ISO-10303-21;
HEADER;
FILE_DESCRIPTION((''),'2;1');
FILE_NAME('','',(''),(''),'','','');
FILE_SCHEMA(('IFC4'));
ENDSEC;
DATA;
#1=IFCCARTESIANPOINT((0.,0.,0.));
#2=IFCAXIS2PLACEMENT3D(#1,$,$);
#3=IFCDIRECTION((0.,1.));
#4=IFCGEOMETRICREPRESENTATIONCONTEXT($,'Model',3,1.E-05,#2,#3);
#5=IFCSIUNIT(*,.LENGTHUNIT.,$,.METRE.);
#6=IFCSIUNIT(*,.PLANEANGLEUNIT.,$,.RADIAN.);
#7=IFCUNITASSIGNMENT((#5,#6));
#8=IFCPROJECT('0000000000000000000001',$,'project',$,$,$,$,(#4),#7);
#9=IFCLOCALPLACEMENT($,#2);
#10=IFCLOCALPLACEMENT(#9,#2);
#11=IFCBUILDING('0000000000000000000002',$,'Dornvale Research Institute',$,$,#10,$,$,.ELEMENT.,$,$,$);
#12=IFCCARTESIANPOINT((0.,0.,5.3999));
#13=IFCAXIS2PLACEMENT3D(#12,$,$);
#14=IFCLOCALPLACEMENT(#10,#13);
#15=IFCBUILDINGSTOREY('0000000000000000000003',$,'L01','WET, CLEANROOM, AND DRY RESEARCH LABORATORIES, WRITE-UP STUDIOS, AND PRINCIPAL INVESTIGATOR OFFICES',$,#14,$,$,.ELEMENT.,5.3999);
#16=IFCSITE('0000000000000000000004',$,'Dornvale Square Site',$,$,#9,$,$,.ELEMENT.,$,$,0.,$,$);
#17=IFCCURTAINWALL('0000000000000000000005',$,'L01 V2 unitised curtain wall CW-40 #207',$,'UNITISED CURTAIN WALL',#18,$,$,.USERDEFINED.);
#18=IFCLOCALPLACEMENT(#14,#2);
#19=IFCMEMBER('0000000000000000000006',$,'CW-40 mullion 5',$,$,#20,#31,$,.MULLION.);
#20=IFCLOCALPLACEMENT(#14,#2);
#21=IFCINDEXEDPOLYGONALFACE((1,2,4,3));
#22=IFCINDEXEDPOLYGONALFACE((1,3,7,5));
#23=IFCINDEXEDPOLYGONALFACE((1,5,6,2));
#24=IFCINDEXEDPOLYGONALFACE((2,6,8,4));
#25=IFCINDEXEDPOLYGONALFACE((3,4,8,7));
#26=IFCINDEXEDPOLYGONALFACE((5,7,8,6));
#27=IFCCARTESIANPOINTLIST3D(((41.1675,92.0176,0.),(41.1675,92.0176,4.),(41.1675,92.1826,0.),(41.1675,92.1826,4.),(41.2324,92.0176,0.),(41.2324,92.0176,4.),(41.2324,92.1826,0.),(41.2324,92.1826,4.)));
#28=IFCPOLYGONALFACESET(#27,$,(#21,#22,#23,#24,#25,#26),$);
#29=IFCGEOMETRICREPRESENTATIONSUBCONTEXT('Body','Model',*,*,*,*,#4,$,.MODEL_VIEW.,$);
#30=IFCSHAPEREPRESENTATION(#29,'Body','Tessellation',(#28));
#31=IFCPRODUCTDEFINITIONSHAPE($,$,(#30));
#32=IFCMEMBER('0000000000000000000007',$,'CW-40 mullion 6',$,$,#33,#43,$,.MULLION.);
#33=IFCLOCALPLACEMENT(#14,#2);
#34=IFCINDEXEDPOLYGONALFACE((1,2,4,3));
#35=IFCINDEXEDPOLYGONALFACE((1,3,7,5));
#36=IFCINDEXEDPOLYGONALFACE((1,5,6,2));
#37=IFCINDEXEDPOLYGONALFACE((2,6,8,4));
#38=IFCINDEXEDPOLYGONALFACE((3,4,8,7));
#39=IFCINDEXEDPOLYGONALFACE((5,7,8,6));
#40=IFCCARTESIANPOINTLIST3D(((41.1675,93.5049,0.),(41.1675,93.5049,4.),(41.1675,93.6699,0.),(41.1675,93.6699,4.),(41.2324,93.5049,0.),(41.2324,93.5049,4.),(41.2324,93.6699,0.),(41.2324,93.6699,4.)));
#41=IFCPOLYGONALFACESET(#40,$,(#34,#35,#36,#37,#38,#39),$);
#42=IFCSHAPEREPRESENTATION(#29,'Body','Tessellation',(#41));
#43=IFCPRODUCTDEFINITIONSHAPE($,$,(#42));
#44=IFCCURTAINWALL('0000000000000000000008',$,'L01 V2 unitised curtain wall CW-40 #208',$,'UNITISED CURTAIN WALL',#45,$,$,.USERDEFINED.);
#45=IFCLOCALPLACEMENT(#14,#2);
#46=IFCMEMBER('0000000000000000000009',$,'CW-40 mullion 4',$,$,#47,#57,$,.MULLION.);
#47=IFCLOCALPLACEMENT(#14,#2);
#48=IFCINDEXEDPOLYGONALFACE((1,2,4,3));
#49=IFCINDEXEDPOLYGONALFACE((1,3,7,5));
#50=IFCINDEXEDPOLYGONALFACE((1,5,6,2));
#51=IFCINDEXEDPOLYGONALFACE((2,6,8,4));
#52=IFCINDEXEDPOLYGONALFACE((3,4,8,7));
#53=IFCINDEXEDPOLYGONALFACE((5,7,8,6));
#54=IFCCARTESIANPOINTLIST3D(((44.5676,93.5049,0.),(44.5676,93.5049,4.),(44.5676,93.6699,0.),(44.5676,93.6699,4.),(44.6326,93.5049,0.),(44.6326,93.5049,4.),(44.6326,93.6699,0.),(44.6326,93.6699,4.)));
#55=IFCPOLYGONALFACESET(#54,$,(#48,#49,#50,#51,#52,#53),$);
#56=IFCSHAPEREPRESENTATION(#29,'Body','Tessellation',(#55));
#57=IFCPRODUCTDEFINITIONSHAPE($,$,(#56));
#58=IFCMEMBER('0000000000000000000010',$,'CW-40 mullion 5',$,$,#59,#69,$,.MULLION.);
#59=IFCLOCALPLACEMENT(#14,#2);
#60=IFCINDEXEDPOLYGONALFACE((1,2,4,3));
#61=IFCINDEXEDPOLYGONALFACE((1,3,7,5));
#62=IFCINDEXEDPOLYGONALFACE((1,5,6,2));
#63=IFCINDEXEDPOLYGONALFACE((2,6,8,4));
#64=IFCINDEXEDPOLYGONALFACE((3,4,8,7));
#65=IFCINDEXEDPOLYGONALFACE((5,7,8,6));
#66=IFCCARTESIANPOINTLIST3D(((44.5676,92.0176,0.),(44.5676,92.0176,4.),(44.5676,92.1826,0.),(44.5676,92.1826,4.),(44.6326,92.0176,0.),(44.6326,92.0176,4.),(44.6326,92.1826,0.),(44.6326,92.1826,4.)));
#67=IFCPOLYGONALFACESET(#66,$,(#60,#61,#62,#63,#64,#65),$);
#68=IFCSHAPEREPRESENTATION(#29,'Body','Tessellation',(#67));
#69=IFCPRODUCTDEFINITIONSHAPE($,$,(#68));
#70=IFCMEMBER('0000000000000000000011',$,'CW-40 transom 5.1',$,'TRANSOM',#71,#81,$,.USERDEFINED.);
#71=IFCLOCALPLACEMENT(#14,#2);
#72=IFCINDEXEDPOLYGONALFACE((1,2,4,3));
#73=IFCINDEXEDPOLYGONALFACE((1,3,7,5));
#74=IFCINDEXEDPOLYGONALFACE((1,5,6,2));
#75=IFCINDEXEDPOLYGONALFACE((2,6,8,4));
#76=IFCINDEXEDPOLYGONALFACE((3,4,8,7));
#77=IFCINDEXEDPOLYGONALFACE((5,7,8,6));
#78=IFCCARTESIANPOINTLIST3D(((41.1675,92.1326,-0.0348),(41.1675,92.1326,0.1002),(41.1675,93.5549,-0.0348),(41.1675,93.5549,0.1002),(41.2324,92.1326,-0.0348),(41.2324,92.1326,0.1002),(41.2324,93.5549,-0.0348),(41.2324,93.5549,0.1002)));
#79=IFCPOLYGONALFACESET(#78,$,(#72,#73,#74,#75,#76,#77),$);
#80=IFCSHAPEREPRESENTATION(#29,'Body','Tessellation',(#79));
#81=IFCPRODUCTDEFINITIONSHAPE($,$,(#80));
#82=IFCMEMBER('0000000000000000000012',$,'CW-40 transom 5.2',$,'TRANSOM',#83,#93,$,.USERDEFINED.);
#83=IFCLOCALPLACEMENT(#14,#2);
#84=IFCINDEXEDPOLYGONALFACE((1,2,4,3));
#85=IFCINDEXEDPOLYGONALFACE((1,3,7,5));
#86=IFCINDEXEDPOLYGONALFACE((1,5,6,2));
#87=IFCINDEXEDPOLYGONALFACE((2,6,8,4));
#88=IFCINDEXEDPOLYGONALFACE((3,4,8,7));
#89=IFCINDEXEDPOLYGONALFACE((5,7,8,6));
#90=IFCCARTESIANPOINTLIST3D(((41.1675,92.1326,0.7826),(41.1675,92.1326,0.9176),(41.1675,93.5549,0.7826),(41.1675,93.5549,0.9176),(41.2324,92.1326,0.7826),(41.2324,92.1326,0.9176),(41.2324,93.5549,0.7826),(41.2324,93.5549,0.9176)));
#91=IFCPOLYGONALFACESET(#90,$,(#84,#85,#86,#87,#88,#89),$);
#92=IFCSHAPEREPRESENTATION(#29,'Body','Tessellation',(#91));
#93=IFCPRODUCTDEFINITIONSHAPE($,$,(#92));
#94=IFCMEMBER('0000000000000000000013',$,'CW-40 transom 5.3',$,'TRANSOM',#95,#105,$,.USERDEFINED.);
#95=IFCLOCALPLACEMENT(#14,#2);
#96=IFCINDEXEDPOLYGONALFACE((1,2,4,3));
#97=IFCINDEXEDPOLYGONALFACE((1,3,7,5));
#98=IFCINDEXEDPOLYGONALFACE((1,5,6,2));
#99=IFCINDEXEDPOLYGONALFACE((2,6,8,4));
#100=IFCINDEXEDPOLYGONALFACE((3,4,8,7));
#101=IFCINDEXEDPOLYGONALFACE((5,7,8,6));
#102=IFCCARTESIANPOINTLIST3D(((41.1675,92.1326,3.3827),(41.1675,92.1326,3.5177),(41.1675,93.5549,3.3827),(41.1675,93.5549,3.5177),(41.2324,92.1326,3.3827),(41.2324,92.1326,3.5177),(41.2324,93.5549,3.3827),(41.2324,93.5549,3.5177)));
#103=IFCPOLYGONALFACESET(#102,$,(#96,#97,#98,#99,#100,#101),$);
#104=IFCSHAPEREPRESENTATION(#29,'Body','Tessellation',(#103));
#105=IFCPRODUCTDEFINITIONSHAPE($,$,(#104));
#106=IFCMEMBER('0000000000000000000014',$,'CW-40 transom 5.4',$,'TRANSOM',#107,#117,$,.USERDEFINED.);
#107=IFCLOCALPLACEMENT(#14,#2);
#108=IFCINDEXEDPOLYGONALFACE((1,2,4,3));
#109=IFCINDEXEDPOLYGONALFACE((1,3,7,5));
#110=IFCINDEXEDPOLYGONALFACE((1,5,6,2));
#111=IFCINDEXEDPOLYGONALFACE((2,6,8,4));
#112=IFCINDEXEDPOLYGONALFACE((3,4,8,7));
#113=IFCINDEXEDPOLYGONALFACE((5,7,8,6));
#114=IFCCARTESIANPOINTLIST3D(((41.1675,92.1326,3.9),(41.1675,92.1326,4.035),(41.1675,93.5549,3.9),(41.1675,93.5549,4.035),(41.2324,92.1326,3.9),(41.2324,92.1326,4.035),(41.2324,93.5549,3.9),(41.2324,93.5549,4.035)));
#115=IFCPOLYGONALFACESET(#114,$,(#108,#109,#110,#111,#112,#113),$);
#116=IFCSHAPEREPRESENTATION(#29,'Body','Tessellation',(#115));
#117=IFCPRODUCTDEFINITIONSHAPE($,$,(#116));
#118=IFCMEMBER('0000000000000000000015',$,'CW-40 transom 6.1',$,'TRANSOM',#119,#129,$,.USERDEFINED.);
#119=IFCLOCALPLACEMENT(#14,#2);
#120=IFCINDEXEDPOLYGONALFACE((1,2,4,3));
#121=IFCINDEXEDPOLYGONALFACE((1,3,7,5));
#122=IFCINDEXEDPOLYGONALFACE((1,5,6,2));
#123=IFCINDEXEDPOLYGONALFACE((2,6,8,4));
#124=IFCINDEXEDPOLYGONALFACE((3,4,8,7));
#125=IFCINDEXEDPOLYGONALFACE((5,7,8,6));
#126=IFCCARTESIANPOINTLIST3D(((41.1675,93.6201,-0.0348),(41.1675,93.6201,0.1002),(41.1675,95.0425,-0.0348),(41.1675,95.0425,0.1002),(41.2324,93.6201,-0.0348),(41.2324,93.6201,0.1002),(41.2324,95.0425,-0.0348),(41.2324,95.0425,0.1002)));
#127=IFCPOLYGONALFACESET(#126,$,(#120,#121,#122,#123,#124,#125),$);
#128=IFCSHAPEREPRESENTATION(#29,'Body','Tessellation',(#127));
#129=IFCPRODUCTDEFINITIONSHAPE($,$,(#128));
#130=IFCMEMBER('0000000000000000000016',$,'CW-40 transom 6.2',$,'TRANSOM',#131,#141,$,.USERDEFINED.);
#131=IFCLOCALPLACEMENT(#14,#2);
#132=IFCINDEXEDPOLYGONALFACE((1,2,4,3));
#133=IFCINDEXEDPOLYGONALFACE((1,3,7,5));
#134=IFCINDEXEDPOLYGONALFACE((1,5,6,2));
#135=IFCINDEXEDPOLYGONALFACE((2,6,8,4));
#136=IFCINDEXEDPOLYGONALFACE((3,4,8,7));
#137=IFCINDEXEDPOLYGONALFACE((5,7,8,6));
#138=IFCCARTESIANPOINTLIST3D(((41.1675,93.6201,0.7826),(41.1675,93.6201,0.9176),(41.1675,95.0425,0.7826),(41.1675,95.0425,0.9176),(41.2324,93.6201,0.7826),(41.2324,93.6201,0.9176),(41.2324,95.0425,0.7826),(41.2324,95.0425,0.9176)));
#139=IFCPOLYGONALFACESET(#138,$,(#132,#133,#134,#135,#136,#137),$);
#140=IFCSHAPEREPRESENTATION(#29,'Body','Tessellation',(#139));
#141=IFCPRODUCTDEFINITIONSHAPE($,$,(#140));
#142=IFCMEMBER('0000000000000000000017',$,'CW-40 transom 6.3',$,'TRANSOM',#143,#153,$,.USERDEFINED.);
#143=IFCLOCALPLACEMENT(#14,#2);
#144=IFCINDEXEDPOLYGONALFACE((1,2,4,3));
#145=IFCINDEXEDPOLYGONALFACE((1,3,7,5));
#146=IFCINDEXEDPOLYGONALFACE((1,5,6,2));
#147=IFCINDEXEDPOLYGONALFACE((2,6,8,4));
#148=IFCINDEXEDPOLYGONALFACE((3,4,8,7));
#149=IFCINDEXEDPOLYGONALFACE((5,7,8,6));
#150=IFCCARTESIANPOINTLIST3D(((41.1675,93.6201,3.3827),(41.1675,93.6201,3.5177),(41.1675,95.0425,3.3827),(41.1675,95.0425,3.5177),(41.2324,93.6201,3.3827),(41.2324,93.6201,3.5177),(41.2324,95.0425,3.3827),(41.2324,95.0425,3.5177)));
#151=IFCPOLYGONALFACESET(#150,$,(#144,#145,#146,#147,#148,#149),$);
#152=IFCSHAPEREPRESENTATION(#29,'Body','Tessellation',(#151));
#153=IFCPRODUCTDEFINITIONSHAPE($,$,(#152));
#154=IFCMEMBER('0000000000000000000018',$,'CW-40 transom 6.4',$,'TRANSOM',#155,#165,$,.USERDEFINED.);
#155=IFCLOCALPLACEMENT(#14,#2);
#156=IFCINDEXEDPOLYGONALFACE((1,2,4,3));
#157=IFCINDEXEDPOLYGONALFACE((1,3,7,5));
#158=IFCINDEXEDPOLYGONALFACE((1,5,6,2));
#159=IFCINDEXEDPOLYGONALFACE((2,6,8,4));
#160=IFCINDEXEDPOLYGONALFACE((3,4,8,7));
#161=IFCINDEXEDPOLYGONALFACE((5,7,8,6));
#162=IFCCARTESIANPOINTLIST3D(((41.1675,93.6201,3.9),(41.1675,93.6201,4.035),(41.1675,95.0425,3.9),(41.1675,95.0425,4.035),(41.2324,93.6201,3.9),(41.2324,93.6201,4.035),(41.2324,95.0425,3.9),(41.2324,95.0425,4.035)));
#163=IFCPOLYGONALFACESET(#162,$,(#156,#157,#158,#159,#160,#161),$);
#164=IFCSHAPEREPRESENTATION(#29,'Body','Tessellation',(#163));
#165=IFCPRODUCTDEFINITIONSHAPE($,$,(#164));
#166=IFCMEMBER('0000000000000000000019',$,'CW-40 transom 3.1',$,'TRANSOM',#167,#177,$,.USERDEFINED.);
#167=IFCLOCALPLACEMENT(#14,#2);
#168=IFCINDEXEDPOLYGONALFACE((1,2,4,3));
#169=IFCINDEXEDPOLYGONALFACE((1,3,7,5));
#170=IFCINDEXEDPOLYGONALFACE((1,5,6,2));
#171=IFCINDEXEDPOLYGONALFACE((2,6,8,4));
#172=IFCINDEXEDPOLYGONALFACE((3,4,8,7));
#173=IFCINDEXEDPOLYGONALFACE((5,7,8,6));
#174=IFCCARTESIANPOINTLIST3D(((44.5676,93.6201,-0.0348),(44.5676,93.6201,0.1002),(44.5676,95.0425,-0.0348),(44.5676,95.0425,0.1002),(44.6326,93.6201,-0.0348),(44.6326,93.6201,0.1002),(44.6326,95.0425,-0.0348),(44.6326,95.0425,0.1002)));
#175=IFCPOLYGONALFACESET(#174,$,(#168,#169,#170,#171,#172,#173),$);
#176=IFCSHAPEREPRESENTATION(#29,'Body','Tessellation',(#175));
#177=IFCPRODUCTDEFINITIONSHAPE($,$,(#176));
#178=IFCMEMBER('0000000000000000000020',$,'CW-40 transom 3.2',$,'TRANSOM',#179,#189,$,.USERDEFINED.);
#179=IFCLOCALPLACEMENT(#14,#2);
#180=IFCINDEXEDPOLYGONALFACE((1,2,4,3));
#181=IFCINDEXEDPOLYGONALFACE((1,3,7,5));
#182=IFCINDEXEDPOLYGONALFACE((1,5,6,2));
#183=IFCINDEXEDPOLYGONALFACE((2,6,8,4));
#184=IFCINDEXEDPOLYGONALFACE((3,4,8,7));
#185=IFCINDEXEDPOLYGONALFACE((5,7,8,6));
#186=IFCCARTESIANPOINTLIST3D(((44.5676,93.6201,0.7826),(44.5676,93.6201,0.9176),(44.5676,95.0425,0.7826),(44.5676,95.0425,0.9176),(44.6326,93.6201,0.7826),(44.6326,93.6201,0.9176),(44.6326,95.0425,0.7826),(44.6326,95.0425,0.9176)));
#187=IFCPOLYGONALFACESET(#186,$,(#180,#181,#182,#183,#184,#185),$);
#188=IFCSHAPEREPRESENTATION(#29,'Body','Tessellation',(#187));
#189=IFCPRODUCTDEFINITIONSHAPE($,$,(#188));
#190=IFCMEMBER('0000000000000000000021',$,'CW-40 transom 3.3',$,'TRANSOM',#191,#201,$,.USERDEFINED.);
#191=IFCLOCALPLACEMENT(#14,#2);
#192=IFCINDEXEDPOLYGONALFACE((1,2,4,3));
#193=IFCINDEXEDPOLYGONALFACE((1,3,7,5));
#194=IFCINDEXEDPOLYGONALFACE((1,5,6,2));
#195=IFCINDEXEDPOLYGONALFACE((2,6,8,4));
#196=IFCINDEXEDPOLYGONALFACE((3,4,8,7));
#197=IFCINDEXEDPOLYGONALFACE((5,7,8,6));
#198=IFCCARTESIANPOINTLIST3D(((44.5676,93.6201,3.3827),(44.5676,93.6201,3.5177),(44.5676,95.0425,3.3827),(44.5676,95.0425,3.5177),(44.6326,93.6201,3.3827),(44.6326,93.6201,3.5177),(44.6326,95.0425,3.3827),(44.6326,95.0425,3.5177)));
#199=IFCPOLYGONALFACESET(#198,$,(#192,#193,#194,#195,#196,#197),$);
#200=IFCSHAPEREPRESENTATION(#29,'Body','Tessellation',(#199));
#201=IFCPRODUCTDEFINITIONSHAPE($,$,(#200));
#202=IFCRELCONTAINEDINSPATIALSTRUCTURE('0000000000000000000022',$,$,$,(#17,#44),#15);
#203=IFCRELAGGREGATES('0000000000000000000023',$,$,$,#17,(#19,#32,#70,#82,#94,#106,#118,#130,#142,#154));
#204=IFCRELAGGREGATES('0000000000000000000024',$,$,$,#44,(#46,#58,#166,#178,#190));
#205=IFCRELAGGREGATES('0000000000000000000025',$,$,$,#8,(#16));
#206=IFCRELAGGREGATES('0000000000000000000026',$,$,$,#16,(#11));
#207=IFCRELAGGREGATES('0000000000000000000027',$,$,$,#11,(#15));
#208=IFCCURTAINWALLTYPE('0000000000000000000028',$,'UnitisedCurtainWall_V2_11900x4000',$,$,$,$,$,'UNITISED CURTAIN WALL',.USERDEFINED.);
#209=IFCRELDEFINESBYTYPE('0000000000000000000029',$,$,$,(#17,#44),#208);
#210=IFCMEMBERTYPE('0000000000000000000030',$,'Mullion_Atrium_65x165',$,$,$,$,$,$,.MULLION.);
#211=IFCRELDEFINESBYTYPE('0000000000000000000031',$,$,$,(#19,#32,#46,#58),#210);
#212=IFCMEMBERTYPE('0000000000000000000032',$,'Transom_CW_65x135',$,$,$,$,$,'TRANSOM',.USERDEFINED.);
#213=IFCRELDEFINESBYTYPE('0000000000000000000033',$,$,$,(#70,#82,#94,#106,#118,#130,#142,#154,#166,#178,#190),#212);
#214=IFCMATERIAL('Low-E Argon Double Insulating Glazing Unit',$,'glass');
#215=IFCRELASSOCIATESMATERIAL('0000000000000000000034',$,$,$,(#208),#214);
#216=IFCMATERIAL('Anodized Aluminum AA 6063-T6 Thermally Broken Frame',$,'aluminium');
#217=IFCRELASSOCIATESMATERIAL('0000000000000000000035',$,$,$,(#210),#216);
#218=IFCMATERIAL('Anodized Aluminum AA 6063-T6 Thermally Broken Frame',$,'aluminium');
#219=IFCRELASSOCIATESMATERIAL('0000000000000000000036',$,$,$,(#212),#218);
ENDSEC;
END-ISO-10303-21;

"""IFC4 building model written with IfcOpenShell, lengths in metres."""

from ifc_helpers import new_model, si_unit, direction, frame, origin, origin_2d, place, context, subcontext, project, spatial, rectangle, extrude, material, material_profile, profile_set, type_object, element, aggregate, save


model = new_model("IFC4")

# Units and contexts
model_context = context("Model", 3, precision=1e-05, world=origin(), true_north=direction((0.0, 1.0)))
body_context = subcontext(model_context, "Body", "Model", "MODEL_VIEW")
ifc_project = project(units=[si_unit("LENGTHUNIT", "METRE"), si_unit("PLANEANGLEUNIT", "RADIAN")], contexts=[model_context])

# Site, building, storey
site_placement = place(None, origin())
site = spatial("IfcSite", under=ifc_project, at=site_placement, Name="Dornvale Square Site", CompositionType="ELEMENT", RefElevation=0.0)
building_placement = place(site_placement, origin())
building = spatial("IfcBuilding", under=site, at=building_placement, Name="Dornvale Research Institute", CompositionType="ELEMENT")
storey_placement = place(building_placement, frame((0.0, 0.0, 5.3999)))
storey = spatial("IfcBuildingStorey", under=building, at=storey_placement, Name="L01", Description="WET, CLEANROOM, AND DRY RESEARCH LABORATORIES, WRITE-UP STUDIOS, AND PRINCIPAL INVESTIGATOR OFFICES", CompositionType="ELEMENT", Elevation=5.3999)

# Curtain walls, members
ifc_material_1 = material(Name="Low-E Argon Double Insulating Glazing Unit", Category="glass")
curtain_wall_type = type_object("IfcCurtainWallType", Name="UnitisedCurtainWall_V2_11900x4000", ElementType="UNITISED CURTAIN WALL", PredefinedType="USERDEFINED", material=ifc_material_1)
curtain_wall_1_placement = place(storey_placement, origin())
curtain_wall_1 = element("IfcCurtainWall", 1, at=curtain_wall_1_placement, inside=storey, type_object=curtain_wall_type, Name="L01 V2 unitised curtain wall CW-40 #207", ObjectType="UNITISED CURTAIN WALL", PredefinedType="USERDEFINED")
ifc_material_2 = material(Name="Anodized Aluminum AA 6063-T6 Thermally Broken Frame", Category="aluminium")
ifc_material_profile_1 = material_profile(ifc_material_2, rectangle(XDim=0.0649, YDim=0.165, at=origin_2d()), Name="ALU MULLION 65x165")
ifc_profile_set_1 = profile_set([ifc_material_profile_1], Name="Anodized Aluminum AA 6063-T6 Thermally Broken Frame")
member_type_1 = type_object("IfcMemberType", Name="Mullion_Atrium_65x165", PredefinedType="MULLION", material=ifc_profile_set_1)
member_1_placement = place(storey_placement, frame((41.2, 92.1001, 0.0), z_axis=(0.0, 0.0, 1.0), x_axis=(-1.0, 0.0, 0.0)))
member_1 = element("IfcMember", 2, at=member_1_placement, type_object=member_type_1, Name="CW-40 mullion 5", PredefinedType="MULLION", context=body_context, shape_type="SweptSolid", body=[
    extrude(rectangle(XDim=0.0649, YDim=0.165, at=origin_2d()), origin(), (0.0, 0.0, 1.0), 4.0),
])
member_2_placement = place(storey_placement, frame((41.2, 93.5874, 0.0), z_axis=(0.0, 0.0, 1.0), x_axis=(-1.0, 0.0, 0.0)))
member_2 = element("IfcMember", 3, at=member_2_placement, type_object=member_type_1, Name="CW-40 mullion 6", PredefinedType="MULLION", context=body_context, shape_type="SweptSolid", body=[
    extrude(rectangle(XDim=0.0649, YDim=0.165, at=origin_2d()), origin(), (0.0, 0.0, 1.0), 4.0),
])
curtain_wall_2_placement = place(storey_placement, origin())
curtain_wall_2 = element("IfcCurtainWall", 4, at=curtain_wall_2_placement, inside=storey, type_object=curtain_wall_type, Name="L01 V2 unitised curtain wall CW-40 #208", ObjectType="UNITISED CURTAIN WALL", PredefinedType="USERDEFINED")
member_3_placement = place(storey_placement, frame((44.6001, 93.5874, 0.0), z_axis=(0.0, 0.0, 1.0), x_axis=(1.0, 0.0, 0.0)))
member_3 = element("IfcMember", 5, at=member_3_placement, type_object=member_type_1, Name="CW-40 mullion 4", PredefinedType="MULLION", context=body_context, shape_type="SweptSolid", body=[
    extrude(rectangle(XDim=0.0649, YDim=0.165, at=origin_2d()), origin(), (0.0, 0.0, 1.0), 4.0),
])
member_4_placement = place(storey_placement, frame((44.6001, 92.1001, 0.0), z_axis=(0.0, 0.0, 1.0), x_axis=(1.0, 0.0, 0.0)))
member_4 = element("IfcMember", 6, at=member_4_placement, type_object=member_type_1, Name="CW-40 mullion 5", PredefinedType="MULLION", context=body_context, shape_type="SweptSolid", body=[
    extrude(rectangle(XDim=0.0649, YDim=0.165, at=origin_2d()), origin(), (0.0, 0.0, 1.0), 4.0),
])

# Members
ifc_material_3 = material(Name="Anodized Aluminum AA 6063-T6 Thermally Broken Frame", Category="aluminium")
ifc_material_profile_2 = material_profile(ifc_material_3, rectangle(XDim=0.0649, YDim=0.135, at=origin_2d()), Name="ALU TRANSOM 65x135")
ifc_profile_set_2 = profile_set([ifc_material_profile_2], Name="Anodized Aluminum AA 6063-T6 Thermally Broken Frame")
member_type_2 = type_object("IfcMemberType", Name="Transom_CW_65x135", ElementType="TRANSOM", PredefinedType="USERDEFINED", material=ifc_profile_set_2)
member_5_placement = place(storey_placement, frame((41.2, 92.1326, 0.0327), z_axis=(0.0, 1.0, 0.0), x_axis=(-1.0, 0.0, 0.0)))
member_5 = element("IfcMember", 7, at=member_5_placement, type_object=member_type_2, Name="CW-40 transom 5.1", ObjectType="TRANSOM", PredefinedType="USERDEFINED", context=body_context, shape_type="SweptSolid", body=[
    extrude(rectangle(XDim=0.0649, YDim=0.135, at=origin_2d()), origin(), (0.0, 0.0, 1.0), 1.4224),
])
member_6_placement = place(storey_placement, frame((41.2, 92.1326, 0.8501), z_axis=(0.0, 1.0, 0.0), x_axis=(-1.0, 0.0, 0.0)))
member_6 = element("IfcMember", 8, at=member_6_placement, type_object=member_type_2, Name="CW-40 transom 5.2", ObjectType="TRANSOM", PredefinedType="USERDEFINED", context=body_context, shape_type="SweptSolid", body=[
    extrude(rectangle(XDim=0.0649, YDim=0.135, at=origin_2d()), origin(), (0.0, 0.0, 1.0), 1.4224),
])
member_7_placement = place(storey_placement, frame((41.2, 92.1326, 3.4502), z_axis=(0.0, 1.0, 0.0), x_axis=(-1.0, 0.0, 0.0)))
member_7 = element("IfcMember", 9, at=member_7_placement, type_object=member_type_2, Name="CW-40 transom 5.3", ObjectType="TRANSOM", PredefinedType="USERDEFINED", context=body_context, shape_type="SweptSolid", body=[
    extrude(rectangle(XDim=0.0649, YDim=0.135, at=origin_2d()), origin(), (0.0, 0.0, 1.0), 1.4224),
])
member_8_placement = place(storey_placement, frame((41.2, 92.1326, 3.9675), z_axis=(0.0, 1.0, 0.0), x_axis=(-1.0, 0.0, 0.0)))
member_8 = element("IfcMember", 10, at=member_8_placement, type_object=member_type_2, Name="CW-40 transom 5.4", ObjectType="TRANSOM", PredefinedType="USERDEFINED", context=body_context, shape_type="SweptSolid", body=[
    extrude(rectangle(XDim=0.0649, YDim=0.135, at=origin_2d()), origin(), (0.0, 0.0, 1.0), 1.4224),
])
member_9_placement = place(storey_placement, frame((41.2, 93.6201, 0.0327), z_axis=(0.0, 1.0, 0.0), x_axis=(-1.0, 0.0, 0.0)))
member_9 = element("IfcMember", 11, at=member_9_placement, type_object=member_type_2, Name="CW-40 transom 6.1", ObjectType="TRANSOM", PredefinedType="USERDEFINED", context=body_context, shape_type="SweptSolid", body=[
    extrude(rectangle(XDim=0.0649, YDim=0.135, at=origin_2d()), origin(), (0.0, 0.0, 1.0), 1.4224),
])
member_10_placement = place(storey_placement, frame((41.2, 93.6201, 0.8501), z_axis=(0.0, 1.0, 0.0), x_axis=(-1.0, 0.0, 0.0)))
member_10 = element("IfcMember", 12, at=member_10_placement, type_object=member_type_2, Name="CW-40 transom 6.2", ObjectType="TRANSOM", PredefinedType="USERDEFINED", context=body_context, shape_type="SweptSolid", body=[
    extrude(rectangle(XDim=0.0649, YDim=0.135, at=origin_2d()), origin(), (0.0, 0.0, 1.0), 1.4224),
])
member_11_placement = place(storey_placement, frame((41.2, 93.6201, 3.4502), z_axis=(0.0, 1.0, 0.0), x_axis=(-1.0, 0.0, 0.0)))
member_11 = element("IfcMember", 13, at=member_11_placement, type_object=member_type_2, Name="CW-40 transom 6.3", ObjectType="TRANSOM", PredefinedType="USERDEFINED", context=body_context, shape_type="SweptSolid", body=[
    extrude(rectangle(XDim=0.0649, YDim=0.135, at=origin_2d()), origin(), (0.0, 0.0, 1.0), 1.4224),
])
member_12_placement = place(storey_placement, frame((41.2, 93.6201, 3.9675), z_axis=(0.0, 1.0, 0.0), x_axis=(-1.0, 0.0, 0.0)))
member_12 = element("IfcMember", 14, at=member_12_placement, type_object=member_type_2, Name="CW-40 transom 6.4", ObjectType="TRANSOM", PredefinedType="USERDEFINED", context=body_context, shape_type="SweptSolid", body=[
    extrude(rectangle(XDim=0.0649, YDim=0.135, at=origin_2d()), origin(), (0.0, 0.0, 1.0), 1.4224),
])
member_13_placement = place(storey_placement, frame((44.6001, 95.0425, 0.0327), z_axis=(0.0, -1.0, 0.0), x_axis=(1.0, 0.0, 0.0)))
member_13 = element("IfcMember", 15, at=member_13_placement, type_object=member_type_2, Name="CW-40 transom 3.1", ObjectType="TRANSOM", PredefinedType="USERDEFINED", context=body_context, shape_type="SweptSolid", body=[
    extrude(rectangle(XDim=0.0649, YDim=0.135, at=origin_2d()), origin(), (0.0, 0.0, 1.0), 1.4224),
])
member_14_placement = place(storey_placement, frame((44.6001, 95.0425, 0.8501), z_axis=(0.0, -1.0, 0.0), x_axis=(1.0, 0.0, 0.0)))
member_14 = element("IfcMember", 16, at=member_14_placement, type_object=member_type_2, Name="CW-40 transom 3.2", ObjectType="TRANSOM", PredefinedType="USERDEFINED", context=body_context, shape_type="SweptSolid", body=[
    extrude(rectangle(XDim=0.0649, YDim=0.135, at=origin_2d()), origin(), (0.0, 0.0, 1.0), 1.4224),
])
member_15_placement = place(storey_placement, frame((44.6001, 95.0425, 3.4502), z_axis=(0.0, -1.0, 0.0), x_axis=(1.0, 0.0, 0.0)))
member_15 = element("IfcMember", 17, at=member_15_placement, type_object=member_type_2, Name="CW-40 transom 3.3", ObjectType="TRANSOM", PredefinedType="USERDEFINED", context=body_context, shape_type="SweptSolid", body=[
    extrude(rectangle(XDim=0.0649, YDim=0.135, at=origin_2d()), origin(), (0.0, 0.0, 1.0), 1.4224),
])

aggregate(curtain_wall_1, [member_1, member_2, member_5, member_6, member_7, member_8, member_9, member_10, member_11, member_12])
aggregate(curtain_wall_2, [member_3, member_4, member_13, member_14, member_15])

save(model, "model.ifc")
